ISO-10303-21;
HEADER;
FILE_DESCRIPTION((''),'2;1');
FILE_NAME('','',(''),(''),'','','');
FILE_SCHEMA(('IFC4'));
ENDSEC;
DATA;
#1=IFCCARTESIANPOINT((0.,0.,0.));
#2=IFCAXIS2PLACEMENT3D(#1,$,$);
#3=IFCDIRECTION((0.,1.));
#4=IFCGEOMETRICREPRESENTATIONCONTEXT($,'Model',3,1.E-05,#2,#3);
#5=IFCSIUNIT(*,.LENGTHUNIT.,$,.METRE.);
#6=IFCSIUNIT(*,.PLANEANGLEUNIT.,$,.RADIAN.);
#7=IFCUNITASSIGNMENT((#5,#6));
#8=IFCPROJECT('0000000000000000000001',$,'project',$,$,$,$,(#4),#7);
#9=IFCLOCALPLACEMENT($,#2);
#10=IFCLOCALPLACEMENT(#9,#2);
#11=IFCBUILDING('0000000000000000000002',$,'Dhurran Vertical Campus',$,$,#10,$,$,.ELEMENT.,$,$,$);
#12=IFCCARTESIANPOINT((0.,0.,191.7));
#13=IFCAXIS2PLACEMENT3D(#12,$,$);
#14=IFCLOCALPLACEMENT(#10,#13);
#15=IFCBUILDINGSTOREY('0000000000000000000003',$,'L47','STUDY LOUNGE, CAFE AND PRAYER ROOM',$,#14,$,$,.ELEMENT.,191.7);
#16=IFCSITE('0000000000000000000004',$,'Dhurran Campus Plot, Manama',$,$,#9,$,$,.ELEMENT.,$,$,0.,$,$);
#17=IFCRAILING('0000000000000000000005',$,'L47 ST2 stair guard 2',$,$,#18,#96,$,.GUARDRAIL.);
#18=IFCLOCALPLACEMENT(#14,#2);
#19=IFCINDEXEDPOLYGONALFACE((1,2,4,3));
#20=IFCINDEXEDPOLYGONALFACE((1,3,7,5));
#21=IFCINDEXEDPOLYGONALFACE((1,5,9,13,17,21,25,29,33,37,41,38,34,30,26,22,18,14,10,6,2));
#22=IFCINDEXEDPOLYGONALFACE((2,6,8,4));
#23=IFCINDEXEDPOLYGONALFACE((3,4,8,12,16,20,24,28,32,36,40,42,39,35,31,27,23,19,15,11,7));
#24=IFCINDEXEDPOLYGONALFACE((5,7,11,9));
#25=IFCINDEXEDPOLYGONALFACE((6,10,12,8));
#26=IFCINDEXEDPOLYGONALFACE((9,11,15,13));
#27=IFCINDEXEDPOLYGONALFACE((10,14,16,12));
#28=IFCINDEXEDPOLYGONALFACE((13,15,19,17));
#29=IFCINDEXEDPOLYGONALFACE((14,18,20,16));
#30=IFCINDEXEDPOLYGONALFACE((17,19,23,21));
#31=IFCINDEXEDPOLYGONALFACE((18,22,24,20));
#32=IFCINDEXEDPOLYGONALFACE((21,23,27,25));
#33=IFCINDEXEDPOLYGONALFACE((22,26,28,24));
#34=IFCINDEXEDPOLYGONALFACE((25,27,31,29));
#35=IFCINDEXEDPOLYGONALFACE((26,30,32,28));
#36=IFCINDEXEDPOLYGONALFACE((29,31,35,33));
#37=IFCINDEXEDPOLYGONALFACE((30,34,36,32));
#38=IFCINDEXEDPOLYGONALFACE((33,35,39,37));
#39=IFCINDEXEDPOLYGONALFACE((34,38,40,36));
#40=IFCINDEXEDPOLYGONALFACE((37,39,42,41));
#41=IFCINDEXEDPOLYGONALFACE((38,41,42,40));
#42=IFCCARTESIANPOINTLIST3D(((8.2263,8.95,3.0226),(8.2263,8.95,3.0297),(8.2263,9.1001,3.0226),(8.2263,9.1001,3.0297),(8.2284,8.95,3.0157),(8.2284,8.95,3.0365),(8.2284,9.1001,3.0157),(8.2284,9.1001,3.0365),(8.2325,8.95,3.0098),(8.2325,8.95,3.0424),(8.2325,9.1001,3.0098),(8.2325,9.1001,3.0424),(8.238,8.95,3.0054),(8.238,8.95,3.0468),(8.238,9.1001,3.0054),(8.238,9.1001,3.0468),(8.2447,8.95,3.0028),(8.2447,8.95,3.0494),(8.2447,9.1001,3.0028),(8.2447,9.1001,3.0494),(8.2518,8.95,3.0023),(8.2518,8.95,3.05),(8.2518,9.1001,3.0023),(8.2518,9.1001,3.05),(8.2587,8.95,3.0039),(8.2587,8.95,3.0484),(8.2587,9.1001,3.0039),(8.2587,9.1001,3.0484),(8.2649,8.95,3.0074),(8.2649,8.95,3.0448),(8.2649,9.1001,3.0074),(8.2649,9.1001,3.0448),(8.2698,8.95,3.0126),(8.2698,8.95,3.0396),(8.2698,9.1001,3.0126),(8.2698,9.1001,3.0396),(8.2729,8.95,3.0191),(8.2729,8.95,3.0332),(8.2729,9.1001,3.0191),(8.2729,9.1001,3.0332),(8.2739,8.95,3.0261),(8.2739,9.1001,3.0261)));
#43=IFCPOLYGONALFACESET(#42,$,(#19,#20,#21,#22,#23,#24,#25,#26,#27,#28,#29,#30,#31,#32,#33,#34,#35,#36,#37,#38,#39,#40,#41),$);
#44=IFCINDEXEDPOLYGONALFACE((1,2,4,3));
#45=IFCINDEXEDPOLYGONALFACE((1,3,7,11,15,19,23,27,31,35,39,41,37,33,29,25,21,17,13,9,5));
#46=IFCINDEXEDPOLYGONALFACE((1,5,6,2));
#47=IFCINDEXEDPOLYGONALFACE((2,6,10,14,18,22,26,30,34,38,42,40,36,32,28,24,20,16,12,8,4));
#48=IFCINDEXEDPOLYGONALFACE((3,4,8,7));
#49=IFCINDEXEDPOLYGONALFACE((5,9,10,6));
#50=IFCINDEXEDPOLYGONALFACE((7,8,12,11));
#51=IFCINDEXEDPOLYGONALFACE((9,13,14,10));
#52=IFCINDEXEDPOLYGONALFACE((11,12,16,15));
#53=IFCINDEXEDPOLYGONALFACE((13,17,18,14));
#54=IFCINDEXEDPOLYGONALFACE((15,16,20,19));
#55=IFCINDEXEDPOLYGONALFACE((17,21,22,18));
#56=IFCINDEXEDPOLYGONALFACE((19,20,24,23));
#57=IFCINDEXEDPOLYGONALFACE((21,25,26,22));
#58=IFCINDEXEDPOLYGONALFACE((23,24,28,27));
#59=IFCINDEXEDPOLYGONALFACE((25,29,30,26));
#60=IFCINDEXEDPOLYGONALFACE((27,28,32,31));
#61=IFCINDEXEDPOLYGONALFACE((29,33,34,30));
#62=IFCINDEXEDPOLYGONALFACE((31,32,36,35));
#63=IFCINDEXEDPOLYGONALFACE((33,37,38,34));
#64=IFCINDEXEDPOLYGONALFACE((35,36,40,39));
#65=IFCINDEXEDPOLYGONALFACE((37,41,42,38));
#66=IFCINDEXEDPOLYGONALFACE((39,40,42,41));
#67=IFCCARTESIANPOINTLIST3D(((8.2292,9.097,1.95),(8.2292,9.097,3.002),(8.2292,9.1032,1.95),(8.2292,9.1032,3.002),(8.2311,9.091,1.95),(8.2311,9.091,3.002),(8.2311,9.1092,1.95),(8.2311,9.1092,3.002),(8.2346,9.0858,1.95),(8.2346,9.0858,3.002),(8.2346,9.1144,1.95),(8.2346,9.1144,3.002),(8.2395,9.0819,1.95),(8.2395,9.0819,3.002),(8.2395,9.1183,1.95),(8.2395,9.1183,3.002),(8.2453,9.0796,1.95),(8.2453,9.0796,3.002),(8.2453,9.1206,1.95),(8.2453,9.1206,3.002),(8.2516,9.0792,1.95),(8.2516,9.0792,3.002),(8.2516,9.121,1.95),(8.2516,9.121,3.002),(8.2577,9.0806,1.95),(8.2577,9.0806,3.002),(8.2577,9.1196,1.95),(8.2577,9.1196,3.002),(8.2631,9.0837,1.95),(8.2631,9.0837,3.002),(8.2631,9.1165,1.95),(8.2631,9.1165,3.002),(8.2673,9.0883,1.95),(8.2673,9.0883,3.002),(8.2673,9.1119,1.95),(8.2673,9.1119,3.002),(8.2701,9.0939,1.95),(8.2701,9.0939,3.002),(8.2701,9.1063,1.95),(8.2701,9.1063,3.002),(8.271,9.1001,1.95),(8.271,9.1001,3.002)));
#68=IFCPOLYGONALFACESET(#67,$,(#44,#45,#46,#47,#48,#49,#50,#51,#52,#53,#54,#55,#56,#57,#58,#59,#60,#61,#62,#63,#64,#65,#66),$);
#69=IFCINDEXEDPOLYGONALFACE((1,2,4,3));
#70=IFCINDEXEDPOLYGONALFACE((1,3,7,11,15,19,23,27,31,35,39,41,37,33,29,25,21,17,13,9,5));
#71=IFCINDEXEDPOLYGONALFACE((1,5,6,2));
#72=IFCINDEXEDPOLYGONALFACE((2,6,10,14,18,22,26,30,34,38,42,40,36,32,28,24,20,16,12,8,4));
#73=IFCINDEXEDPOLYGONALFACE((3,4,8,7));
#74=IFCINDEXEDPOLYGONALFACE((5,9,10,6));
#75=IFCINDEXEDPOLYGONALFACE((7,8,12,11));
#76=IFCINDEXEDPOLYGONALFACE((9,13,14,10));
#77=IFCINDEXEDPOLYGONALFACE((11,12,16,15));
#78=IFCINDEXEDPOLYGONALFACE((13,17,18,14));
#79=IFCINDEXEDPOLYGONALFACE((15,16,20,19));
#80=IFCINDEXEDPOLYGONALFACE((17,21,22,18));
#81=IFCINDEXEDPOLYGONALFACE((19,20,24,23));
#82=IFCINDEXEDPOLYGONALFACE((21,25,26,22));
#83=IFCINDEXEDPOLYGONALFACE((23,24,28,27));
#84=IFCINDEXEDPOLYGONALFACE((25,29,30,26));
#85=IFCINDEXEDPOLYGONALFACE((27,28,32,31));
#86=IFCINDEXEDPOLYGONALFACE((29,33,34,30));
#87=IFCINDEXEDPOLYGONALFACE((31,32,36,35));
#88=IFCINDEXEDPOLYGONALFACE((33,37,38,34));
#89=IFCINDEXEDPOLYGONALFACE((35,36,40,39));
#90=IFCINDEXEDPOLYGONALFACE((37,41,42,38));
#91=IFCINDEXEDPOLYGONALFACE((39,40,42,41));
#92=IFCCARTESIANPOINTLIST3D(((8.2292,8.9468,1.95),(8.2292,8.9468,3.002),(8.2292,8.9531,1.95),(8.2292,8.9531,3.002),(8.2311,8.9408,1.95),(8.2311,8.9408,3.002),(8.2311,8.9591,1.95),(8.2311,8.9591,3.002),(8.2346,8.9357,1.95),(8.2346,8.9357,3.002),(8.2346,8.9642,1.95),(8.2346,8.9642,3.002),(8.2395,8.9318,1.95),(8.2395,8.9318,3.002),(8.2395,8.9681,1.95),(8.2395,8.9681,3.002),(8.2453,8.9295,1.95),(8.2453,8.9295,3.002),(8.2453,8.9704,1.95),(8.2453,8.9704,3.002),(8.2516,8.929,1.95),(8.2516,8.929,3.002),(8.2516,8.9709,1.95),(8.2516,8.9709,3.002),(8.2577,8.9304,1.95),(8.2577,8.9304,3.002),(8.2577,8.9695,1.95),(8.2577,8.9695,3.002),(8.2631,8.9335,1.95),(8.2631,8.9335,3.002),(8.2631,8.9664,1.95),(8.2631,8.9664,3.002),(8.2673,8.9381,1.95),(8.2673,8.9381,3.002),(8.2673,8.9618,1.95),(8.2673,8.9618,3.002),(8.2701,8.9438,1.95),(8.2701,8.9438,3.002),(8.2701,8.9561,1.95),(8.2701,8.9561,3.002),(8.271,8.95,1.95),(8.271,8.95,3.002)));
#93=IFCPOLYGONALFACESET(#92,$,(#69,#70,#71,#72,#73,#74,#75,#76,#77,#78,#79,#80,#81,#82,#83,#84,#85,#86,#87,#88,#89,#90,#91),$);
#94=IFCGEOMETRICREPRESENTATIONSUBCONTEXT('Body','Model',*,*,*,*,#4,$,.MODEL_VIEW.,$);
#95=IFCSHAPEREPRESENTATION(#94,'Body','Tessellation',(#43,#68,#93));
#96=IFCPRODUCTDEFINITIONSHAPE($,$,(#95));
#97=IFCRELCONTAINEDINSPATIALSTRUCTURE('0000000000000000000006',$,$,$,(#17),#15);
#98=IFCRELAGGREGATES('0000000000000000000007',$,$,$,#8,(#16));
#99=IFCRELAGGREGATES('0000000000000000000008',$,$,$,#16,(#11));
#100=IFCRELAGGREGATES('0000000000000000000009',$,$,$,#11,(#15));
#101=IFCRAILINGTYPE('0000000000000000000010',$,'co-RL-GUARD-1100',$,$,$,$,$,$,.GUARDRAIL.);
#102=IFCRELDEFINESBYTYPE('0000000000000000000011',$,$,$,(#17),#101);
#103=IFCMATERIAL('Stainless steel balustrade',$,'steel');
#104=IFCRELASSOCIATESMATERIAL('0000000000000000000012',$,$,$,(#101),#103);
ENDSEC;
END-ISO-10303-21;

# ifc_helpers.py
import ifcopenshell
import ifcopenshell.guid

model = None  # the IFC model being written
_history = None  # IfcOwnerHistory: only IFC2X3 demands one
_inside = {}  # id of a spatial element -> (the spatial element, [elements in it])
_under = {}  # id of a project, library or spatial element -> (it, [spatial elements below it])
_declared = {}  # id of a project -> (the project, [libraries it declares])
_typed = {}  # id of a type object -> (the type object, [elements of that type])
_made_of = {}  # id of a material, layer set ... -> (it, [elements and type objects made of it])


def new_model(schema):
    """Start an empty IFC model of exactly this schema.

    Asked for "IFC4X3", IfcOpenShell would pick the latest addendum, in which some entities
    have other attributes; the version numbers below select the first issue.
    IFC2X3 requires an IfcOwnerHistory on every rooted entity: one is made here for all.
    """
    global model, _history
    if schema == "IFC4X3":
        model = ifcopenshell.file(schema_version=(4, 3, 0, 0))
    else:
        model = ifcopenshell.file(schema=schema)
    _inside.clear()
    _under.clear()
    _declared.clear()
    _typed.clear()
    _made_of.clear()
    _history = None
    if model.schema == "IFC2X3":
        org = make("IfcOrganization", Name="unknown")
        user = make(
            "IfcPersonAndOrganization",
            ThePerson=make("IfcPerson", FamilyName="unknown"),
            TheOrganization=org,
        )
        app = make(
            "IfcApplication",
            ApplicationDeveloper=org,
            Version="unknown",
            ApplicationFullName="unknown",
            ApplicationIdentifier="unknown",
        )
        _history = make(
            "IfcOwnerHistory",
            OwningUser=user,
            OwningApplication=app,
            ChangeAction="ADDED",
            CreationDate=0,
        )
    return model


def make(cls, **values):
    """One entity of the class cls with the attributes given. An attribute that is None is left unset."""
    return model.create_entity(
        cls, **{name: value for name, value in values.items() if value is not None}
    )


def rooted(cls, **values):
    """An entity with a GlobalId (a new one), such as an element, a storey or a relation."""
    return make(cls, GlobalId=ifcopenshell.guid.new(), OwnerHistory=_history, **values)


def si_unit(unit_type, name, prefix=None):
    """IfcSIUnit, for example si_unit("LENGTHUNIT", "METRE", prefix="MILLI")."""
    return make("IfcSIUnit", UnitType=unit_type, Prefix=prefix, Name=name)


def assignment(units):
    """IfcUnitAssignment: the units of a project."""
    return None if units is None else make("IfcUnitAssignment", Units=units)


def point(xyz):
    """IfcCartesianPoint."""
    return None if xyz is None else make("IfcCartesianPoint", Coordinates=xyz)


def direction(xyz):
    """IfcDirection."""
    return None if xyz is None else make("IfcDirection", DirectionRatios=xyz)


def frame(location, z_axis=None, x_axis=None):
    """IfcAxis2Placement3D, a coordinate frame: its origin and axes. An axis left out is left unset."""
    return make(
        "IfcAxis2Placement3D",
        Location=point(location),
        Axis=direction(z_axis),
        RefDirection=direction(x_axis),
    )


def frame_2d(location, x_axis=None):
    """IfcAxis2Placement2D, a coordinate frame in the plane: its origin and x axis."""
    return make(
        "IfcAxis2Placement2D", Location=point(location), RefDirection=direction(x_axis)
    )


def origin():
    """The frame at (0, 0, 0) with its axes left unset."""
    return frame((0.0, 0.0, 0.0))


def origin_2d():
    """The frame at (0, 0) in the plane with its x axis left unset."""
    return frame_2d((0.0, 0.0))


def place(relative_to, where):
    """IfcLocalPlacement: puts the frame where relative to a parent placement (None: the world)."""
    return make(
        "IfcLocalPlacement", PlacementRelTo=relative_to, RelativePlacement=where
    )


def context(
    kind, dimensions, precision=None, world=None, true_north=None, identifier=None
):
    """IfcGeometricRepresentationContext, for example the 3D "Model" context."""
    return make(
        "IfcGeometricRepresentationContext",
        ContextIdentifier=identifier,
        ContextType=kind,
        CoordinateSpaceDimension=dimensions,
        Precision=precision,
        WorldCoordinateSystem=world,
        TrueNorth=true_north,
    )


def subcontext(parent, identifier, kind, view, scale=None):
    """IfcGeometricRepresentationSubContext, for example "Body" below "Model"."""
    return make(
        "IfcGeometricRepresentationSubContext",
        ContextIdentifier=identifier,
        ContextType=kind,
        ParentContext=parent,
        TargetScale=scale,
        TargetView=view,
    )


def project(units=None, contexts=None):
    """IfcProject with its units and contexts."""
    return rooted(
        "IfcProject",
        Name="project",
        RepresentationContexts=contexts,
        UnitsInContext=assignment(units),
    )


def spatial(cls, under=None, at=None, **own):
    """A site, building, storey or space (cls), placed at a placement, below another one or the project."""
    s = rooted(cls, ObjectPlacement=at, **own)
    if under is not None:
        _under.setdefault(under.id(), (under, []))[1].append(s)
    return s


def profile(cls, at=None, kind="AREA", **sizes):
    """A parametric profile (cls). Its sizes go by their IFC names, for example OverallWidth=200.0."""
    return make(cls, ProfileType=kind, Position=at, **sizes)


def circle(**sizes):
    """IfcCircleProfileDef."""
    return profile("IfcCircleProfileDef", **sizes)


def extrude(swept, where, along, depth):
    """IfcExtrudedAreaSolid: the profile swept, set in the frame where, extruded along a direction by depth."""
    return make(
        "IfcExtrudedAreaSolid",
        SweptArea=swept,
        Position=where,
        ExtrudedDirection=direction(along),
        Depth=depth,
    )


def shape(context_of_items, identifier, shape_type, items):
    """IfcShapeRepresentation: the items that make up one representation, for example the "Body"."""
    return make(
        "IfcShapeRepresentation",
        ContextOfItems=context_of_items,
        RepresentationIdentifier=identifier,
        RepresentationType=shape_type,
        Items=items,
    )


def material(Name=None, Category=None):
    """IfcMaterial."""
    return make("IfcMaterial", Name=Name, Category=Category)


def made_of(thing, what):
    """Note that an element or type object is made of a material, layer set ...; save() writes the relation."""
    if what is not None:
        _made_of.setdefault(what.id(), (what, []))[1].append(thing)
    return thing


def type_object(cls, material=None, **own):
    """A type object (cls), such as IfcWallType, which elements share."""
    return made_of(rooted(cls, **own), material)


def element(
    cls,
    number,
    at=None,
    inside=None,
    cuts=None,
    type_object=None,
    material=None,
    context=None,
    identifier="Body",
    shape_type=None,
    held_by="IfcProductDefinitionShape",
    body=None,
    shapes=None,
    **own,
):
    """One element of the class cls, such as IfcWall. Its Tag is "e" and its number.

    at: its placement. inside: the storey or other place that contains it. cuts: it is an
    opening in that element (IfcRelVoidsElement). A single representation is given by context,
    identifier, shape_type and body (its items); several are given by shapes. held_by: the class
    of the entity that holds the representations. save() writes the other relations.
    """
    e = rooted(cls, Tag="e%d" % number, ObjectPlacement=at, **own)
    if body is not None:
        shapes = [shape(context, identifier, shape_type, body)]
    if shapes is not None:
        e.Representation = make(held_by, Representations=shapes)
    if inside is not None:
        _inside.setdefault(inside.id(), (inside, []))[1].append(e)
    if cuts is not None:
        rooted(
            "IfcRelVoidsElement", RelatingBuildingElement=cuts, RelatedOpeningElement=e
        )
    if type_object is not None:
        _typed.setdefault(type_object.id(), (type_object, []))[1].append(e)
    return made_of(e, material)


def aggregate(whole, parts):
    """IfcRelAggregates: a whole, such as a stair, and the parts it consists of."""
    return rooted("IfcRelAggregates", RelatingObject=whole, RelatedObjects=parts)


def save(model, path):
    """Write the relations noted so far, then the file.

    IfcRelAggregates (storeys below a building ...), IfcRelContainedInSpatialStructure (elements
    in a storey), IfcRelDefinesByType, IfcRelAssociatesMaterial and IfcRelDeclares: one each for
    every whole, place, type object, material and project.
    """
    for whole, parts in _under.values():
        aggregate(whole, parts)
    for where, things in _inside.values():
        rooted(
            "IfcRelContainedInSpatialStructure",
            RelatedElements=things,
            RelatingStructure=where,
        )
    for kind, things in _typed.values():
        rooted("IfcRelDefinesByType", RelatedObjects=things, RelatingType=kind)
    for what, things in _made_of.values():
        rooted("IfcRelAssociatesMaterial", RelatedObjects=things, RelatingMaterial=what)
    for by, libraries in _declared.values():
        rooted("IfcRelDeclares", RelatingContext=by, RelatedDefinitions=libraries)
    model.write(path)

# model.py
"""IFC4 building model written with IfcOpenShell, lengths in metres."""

from ifc_helpers import new_model, si_unit, direction, frame, origin, origin_2d, place, context, subcontext, project, spatial, circle, extrude, material, type_object, element, save


model = new_model("IFC4")

# Units and contexts
model_context = context("Model", 3, precision=1e-05, world=origin(), true_north=direction((0.0, 1.0)))
body_context = subcontext(model_context, "Body", "Model", "MODEL_VIEW")
ifc_project = project(units=[si_unit("LENGTHUNIT", "METRE"), si_unit("PLANEANGLEUNIT", "RADIAN")], contexts=[model_context])

# Site, building, storey
site_placement = place(None, origin())
site = spatial("IfcSite", under=ifc_project, at=site_placement, Name="Dhurran Campus Plot, Manama", CompositionType="ELEMENT", RefElevation=0.0)
building_placement = place(site_placement, origin())
building = spatial("IfcBuilding", under=site, at=building_placement, Name="Dhurran Vertical Campus", CompositionType="ELEMENT")
storey_placement = place(building_placement, frame((0.0, 0.0, 191.7)))
storey = spatial("IfcBuildingStorey", under=building, at=storey_placement, Name="L47", Description="STUDY LOUNGE, CAFE AND PRAYER ROOM", CompositionType="ELEMENT", Elevation=191.7)

# Railing
ifc_material_1 = material(Name="Stainless steel balustrade", Category="steel")
railing_type_1 = type_object("IfcRailingType", Name="co-RL-GUARD-1100", PredefinedType="GUARDRAIL", material=ifc_material_1)
railing_1_placement = place(storey_placement, frame((8.25, 9.1001, 1.95)))
element("IfcRailing", 1, at=railing_1_placement, inside=storey, type_object=railing_type_1, Name="L47 ST2 stair guard 2", PredefinedType="GUARDRAIL", context=body_context, shape_type="SweptSolid", body=[
    extrude(circle(Radius=0.0239, at=origin_2d()), frame((0.0, 0.0, 1.0762), z_axis=(0.0, -1.0, 0.0), x_axis=(1.0, 0.0, 0.0)), (0.0, 0.0, 1.0), 0.1501),
    extrude(circle(Radius=0.021, at=origin_2d()), origin(), (0.0, 0.0, 1.0), 1.052),
    extrude(circle(Radius=0.021, at=origin_2d()), frame((0.0, -0.1501, 0.0)), (0.0, 0.0, 1.0), 1.052),
])

save(model, "model.ifc")
